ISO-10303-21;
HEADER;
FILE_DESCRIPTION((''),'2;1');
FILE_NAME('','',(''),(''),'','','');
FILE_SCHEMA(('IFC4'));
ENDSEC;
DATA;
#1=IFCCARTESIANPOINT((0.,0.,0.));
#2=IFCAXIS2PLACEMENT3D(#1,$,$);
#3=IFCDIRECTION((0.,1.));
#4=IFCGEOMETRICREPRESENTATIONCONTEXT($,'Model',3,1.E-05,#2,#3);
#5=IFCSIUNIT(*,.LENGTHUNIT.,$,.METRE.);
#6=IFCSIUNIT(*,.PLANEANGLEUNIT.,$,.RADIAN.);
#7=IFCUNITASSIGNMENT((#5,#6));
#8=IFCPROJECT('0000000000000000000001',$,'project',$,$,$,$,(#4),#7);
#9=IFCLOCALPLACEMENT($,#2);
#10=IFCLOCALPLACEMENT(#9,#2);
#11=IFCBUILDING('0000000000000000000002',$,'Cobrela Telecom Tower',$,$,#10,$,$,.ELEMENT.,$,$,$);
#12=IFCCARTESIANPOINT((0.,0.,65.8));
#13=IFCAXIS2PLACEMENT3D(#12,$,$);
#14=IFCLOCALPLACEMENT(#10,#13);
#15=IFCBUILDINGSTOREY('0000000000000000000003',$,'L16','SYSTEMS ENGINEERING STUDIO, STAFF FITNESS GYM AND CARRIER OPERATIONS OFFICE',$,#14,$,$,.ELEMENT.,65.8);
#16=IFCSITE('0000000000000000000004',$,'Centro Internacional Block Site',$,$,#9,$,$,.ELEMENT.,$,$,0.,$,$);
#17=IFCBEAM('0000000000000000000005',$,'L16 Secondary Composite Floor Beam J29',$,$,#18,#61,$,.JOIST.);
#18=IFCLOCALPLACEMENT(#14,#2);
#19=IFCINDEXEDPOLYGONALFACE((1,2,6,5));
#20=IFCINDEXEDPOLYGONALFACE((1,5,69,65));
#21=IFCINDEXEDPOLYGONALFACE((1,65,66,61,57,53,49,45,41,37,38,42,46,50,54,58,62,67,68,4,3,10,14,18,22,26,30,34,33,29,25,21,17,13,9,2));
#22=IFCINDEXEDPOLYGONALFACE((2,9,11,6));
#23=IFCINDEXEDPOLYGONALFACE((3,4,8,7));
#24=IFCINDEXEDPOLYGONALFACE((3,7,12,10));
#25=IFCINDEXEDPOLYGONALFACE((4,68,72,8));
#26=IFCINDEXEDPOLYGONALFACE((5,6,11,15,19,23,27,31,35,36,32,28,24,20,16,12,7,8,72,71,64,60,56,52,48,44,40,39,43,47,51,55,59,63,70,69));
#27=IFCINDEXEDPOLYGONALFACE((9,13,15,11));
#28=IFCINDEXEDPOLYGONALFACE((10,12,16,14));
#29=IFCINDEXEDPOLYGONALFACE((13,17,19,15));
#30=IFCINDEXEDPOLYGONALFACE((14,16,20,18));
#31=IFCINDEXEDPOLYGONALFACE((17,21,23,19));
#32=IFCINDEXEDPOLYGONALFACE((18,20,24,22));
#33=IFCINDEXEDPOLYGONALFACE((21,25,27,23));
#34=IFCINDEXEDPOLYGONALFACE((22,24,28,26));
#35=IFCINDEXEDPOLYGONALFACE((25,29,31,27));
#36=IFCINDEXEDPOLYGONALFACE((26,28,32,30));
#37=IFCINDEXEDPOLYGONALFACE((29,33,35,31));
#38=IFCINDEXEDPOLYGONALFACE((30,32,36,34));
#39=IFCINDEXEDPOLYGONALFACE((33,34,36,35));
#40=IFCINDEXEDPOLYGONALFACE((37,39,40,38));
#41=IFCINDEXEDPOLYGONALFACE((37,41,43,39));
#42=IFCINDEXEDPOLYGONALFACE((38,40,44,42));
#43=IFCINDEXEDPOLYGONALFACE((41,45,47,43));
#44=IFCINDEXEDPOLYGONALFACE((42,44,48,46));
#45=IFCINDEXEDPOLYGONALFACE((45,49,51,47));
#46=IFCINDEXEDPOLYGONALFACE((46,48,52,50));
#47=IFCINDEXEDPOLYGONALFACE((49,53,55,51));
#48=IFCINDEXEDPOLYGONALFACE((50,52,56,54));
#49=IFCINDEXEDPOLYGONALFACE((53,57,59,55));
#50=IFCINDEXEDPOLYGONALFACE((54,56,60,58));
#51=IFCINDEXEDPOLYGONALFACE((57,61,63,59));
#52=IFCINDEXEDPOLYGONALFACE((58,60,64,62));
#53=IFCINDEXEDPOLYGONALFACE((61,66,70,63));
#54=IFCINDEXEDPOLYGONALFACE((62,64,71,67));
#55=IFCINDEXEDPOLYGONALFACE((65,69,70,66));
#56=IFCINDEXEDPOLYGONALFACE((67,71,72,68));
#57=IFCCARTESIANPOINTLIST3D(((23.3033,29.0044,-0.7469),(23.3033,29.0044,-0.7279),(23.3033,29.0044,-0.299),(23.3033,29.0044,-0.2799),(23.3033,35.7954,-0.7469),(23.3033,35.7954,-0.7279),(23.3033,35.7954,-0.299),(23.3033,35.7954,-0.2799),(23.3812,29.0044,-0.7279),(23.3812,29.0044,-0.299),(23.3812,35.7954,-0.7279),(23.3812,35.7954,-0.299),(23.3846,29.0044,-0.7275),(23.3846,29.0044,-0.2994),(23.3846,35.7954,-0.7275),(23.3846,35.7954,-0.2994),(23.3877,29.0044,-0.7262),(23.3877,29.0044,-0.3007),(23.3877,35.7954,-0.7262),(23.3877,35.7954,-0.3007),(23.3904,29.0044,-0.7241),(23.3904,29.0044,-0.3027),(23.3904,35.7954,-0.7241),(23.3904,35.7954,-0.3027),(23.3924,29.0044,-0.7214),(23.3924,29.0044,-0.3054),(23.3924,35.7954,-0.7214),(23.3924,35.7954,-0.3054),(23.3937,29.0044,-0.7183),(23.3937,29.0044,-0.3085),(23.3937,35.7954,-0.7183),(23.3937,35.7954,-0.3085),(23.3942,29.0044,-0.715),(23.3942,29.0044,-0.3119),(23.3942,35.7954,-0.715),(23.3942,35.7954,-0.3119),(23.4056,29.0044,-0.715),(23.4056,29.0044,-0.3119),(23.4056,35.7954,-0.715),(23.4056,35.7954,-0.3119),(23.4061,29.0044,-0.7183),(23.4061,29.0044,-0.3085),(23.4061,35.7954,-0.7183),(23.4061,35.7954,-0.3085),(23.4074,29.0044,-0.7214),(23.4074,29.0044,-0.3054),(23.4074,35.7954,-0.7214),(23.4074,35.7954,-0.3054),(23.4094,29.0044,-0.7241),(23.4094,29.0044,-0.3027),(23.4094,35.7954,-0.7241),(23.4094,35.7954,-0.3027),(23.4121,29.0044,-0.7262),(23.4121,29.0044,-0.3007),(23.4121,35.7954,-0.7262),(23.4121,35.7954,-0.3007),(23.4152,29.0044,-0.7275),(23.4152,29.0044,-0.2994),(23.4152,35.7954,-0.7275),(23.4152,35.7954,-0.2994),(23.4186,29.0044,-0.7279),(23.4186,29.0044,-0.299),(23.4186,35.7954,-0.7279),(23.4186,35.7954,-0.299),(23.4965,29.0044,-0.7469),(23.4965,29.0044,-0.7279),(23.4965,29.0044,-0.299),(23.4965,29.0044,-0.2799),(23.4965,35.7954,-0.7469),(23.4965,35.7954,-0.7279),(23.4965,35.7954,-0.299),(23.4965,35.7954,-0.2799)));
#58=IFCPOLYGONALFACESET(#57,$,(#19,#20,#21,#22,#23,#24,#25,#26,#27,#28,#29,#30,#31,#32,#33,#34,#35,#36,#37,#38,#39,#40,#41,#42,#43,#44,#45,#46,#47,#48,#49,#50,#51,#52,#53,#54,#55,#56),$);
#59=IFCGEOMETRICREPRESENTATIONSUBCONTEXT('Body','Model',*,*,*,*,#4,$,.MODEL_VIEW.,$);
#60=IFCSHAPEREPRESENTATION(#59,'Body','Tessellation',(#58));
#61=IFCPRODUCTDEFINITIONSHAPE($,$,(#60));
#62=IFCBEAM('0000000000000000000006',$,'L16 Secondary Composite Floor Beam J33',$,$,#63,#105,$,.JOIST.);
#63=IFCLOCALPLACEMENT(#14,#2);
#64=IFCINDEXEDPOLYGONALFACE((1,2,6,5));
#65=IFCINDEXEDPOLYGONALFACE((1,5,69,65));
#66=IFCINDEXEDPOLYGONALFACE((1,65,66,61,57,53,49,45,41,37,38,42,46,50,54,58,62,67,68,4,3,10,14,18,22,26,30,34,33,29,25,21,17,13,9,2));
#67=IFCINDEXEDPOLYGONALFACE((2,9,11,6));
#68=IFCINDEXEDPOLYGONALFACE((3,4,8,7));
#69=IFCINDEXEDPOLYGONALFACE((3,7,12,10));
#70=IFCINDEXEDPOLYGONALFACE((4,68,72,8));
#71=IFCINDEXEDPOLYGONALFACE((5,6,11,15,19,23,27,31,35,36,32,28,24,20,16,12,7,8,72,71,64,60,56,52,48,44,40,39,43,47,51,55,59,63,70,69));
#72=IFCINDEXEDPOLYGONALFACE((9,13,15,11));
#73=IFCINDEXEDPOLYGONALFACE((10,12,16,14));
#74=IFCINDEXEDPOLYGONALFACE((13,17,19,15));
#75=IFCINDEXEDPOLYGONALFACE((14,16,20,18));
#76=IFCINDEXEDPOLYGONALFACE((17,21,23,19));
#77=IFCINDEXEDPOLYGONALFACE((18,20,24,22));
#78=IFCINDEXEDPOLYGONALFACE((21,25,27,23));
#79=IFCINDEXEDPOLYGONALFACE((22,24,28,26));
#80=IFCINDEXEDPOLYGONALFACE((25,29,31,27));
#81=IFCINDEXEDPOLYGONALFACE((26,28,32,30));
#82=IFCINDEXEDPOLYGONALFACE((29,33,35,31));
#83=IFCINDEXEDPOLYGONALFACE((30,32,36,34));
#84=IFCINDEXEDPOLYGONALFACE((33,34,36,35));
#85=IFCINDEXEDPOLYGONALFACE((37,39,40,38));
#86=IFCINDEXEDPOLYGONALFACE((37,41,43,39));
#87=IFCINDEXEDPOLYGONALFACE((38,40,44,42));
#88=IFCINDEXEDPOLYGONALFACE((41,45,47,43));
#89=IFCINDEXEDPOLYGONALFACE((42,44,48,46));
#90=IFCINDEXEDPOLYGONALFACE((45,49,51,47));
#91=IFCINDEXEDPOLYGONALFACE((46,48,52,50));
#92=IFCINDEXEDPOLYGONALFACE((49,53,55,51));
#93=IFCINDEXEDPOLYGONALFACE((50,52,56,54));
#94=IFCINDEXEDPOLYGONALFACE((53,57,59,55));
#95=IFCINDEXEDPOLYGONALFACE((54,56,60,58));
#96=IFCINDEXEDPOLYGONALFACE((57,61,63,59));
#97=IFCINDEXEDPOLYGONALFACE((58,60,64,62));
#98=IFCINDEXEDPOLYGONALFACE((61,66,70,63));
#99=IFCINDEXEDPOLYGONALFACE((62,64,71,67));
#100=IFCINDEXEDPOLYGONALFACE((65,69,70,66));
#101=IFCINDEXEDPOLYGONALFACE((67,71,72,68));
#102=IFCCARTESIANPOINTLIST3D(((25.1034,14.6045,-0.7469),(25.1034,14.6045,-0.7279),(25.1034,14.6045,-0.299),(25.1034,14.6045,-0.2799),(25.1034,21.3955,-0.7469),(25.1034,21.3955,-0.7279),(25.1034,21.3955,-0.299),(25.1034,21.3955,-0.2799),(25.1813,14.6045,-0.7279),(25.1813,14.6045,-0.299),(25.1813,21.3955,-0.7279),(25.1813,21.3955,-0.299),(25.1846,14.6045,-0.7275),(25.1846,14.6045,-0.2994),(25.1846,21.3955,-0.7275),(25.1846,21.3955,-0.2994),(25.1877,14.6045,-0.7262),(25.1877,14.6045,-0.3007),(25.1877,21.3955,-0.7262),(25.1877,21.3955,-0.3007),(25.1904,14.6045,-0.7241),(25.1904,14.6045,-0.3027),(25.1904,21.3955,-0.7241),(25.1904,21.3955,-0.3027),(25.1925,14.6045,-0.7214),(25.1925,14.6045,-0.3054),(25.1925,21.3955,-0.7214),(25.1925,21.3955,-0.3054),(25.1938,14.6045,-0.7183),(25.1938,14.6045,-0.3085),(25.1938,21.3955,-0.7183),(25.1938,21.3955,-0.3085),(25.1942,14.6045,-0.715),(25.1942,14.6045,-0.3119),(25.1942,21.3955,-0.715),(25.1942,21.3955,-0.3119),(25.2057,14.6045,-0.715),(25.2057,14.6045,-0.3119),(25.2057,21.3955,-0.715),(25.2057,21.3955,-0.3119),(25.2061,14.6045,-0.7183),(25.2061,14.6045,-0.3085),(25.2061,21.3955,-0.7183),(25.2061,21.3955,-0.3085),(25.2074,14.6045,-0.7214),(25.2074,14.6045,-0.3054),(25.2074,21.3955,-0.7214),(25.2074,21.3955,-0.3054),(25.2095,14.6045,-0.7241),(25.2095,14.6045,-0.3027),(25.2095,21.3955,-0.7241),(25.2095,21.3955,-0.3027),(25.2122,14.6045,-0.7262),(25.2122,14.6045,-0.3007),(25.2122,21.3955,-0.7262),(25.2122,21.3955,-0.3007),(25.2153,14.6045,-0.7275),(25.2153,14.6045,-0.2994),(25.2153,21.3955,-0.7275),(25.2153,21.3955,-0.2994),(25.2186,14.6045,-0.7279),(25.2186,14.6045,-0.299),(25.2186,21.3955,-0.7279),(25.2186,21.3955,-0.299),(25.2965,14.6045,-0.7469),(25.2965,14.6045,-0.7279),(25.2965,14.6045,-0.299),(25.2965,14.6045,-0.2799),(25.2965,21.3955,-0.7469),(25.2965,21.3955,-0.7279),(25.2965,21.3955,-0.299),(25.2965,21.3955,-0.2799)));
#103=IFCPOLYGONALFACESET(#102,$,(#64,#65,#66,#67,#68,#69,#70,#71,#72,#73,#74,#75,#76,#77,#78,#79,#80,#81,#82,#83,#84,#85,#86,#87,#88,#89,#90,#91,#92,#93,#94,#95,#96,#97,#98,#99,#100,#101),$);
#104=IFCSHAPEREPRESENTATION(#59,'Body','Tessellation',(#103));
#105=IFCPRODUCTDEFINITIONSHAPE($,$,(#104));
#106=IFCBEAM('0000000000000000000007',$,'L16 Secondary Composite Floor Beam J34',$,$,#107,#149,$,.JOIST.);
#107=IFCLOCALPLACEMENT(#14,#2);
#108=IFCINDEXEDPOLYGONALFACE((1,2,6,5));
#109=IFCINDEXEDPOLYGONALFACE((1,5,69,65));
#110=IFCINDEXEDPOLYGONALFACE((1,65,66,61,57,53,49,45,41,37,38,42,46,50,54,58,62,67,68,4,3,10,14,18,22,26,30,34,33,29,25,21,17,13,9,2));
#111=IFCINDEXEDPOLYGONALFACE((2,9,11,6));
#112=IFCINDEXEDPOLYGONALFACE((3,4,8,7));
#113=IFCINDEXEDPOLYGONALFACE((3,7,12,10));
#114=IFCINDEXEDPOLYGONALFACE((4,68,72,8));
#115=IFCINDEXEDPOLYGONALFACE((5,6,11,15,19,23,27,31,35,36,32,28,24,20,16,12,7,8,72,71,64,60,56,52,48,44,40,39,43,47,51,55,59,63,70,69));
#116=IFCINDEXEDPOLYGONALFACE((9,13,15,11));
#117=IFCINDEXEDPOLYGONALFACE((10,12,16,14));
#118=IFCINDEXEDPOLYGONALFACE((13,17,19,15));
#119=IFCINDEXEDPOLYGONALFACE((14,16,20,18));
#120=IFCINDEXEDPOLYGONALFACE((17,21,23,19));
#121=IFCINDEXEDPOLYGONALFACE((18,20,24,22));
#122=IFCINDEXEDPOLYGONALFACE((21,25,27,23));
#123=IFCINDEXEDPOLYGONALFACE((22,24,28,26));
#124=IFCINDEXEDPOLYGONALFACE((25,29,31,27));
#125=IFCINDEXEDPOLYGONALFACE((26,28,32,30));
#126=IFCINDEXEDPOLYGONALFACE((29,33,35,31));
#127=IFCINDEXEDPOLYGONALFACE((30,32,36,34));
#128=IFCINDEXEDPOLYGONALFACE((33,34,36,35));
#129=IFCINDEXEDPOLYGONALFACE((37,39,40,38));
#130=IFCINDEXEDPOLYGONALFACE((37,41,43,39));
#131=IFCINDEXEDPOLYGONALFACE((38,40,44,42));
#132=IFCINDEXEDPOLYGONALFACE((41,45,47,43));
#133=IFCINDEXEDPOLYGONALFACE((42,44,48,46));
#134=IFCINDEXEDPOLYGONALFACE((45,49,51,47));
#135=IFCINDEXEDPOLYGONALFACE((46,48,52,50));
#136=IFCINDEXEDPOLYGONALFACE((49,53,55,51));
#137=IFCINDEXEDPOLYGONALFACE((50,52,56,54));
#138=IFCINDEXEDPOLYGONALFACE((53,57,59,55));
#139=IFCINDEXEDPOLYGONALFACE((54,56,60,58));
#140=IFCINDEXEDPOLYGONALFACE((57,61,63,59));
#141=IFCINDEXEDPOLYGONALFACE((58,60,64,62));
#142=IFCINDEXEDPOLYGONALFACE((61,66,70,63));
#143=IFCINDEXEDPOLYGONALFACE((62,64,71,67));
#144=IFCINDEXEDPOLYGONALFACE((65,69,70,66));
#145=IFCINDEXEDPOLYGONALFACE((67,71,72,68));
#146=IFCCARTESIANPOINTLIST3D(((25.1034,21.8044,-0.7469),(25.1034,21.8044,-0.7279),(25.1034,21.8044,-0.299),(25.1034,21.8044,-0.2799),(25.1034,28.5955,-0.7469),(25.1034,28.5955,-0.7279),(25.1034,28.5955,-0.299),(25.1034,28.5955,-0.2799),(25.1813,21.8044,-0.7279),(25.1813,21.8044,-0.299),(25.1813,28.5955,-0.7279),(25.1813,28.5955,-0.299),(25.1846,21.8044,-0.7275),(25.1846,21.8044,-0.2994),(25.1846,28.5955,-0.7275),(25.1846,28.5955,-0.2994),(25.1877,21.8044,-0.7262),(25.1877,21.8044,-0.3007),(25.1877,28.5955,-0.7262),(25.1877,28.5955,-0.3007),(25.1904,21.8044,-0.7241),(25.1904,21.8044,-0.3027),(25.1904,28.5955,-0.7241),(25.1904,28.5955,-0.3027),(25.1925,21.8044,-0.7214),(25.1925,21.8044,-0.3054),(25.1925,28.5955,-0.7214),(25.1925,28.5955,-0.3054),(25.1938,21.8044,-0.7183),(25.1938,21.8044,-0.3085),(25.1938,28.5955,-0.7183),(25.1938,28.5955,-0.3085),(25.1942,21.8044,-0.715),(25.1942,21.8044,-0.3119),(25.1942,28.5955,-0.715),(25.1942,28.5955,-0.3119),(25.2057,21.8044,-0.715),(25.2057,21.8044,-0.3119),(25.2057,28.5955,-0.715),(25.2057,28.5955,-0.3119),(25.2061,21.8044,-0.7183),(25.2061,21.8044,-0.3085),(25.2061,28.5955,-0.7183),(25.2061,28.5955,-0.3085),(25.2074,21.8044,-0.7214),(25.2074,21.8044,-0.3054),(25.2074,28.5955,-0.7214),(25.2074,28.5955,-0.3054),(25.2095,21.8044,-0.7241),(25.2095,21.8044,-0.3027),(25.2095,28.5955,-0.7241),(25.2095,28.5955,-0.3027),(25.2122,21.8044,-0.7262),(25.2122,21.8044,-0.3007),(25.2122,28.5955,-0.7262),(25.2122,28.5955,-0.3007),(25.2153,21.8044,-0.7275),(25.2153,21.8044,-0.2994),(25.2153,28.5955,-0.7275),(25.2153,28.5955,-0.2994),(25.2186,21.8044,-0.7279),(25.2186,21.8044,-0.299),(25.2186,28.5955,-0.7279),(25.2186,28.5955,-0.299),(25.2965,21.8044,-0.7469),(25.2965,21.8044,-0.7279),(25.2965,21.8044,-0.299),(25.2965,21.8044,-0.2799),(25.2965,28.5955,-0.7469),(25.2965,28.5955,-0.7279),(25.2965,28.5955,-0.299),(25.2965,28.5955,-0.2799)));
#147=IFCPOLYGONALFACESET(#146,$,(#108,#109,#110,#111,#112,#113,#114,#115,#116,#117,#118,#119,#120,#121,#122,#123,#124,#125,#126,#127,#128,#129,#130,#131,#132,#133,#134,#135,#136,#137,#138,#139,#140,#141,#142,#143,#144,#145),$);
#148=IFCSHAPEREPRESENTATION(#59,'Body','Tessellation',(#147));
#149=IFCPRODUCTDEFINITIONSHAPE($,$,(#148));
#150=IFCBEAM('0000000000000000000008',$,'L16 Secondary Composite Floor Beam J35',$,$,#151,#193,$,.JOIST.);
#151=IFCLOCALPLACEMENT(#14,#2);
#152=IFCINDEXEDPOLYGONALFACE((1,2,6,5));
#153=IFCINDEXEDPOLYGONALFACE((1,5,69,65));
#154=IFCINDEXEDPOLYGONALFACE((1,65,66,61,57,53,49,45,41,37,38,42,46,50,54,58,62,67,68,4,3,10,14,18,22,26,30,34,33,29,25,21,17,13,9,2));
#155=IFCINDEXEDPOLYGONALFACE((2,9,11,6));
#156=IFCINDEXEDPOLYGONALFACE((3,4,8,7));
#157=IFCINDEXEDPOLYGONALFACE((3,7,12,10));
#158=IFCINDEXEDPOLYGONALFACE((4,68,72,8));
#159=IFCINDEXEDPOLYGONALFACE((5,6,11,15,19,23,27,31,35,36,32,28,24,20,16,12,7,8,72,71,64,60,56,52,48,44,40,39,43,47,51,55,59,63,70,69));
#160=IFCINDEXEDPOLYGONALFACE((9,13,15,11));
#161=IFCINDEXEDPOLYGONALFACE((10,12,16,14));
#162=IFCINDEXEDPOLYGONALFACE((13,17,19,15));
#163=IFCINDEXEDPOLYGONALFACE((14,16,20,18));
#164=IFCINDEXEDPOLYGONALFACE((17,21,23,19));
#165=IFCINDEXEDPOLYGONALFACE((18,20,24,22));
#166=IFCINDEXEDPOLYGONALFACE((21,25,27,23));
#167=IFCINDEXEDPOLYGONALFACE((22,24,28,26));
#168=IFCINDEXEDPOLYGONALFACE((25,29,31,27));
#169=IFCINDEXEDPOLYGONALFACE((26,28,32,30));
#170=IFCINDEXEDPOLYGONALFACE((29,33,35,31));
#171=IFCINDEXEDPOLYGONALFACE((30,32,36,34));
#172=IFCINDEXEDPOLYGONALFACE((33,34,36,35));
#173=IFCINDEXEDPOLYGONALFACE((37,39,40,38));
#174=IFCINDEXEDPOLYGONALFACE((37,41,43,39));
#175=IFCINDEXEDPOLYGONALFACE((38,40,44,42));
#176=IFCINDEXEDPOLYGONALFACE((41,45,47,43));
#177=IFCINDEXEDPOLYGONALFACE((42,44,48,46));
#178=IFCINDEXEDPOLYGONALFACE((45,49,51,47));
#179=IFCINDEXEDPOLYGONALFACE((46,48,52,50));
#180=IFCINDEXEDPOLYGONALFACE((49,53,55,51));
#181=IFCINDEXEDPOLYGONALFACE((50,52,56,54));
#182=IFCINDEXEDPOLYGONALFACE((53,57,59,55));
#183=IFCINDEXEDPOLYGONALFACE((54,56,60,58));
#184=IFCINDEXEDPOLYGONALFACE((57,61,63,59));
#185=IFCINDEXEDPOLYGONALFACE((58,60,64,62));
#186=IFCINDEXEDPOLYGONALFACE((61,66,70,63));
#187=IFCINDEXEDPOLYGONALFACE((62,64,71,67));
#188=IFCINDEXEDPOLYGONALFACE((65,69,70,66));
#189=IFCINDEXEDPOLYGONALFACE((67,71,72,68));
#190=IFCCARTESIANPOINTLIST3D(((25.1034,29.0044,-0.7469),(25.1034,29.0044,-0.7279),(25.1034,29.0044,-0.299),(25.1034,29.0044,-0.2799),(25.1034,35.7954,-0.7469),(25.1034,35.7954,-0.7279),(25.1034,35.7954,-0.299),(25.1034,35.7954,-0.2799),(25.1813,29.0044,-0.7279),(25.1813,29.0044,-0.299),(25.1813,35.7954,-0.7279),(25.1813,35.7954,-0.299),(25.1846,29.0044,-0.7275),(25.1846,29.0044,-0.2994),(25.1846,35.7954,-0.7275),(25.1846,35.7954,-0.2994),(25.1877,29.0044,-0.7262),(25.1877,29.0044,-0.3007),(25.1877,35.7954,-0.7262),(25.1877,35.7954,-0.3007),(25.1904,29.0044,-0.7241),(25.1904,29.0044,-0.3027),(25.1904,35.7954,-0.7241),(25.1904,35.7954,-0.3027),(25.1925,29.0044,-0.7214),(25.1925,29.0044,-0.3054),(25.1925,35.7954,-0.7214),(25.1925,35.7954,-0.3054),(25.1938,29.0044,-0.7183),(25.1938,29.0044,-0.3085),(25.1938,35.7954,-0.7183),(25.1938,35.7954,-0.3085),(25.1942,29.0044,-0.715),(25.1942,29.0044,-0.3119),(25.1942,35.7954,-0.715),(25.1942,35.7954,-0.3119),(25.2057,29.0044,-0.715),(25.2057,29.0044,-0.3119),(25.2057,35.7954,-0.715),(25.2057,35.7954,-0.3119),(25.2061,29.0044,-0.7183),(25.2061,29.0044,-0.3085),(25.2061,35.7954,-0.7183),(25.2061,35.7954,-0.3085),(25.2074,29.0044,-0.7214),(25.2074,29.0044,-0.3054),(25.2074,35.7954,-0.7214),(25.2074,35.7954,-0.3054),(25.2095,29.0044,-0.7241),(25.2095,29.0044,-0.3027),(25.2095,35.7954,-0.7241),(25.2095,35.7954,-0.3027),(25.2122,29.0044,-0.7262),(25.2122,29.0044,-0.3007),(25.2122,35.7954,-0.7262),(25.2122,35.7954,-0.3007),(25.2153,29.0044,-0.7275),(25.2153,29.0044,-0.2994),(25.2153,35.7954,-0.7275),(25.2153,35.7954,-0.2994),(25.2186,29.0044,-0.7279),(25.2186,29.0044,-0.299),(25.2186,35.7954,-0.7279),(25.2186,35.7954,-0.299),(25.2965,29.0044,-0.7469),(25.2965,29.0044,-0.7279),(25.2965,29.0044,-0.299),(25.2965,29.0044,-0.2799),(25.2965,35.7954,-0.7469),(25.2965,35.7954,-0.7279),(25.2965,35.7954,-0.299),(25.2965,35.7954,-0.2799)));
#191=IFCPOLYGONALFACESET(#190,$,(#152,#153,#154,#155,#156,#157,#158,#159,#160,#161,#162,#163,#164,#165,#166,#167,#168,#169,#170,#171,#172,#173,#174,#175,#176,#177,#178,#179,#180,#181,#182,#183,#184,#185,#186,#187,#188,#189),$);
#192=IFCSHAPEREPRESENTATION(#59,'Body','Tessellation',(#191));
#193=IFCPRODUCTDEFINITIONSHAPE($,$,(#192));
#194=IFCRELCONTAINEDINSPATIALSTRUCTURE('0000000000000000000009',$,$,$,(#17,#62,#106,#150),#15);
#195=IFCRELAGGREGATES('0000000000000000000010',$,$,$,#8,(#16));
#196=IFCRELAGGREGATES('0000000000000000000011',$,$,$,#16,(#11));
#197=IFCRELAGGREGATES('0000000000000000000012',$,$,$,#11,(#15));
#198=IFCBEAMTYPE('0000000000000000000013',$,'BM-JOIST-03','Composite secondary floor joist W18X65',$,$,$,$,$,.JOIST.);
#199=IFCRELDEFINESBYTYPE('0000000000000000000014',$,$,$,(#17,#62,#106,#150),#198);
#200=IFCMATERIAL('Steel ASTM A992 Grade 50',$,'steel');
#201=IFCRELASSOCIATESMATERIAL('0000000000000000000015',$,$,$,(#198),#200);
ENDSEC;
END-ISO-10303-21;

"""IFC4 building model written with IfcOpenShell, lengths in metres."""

from ifc_helpers import new_model, si_unit, direction, frame, origin, origin_2d, place, context, subcontext, project, spatial, i_section, extrude, material, material_profile, profile_set, type_object, element, save


model = new_model("IFC4")

# Units and contexts
model_context = context("Model", 3, precision=1e-05, world=origin(), true_north=direction((0.0, 1.0)))
body_context = subcontext(model_context, "Body", "Model", "MODEL_VIEW")
ifc_project = project(units=[si_unit("LENGTHUNIT", "METRE"), si_unit("PLANEANGLEUNIT", "RADIAN")], contexts=[model_context])

# Site, building, storey
site_placement = place(None, origin())
site = spatial("IfcSite", under=ifc_project, at=site_placement, Name="Centro Internacional Block Site", CompositionType="ELEMENT", RefElevation=0.0)
building_placement = place(site_placement, origin())
building = spatial("IfcBuilding", under=site, at=building_placement, Name="Cobrela Telecom Tower", CompositionType="ELEMENT")
storey_placement = place(building_placement, frame((0.0, 0.0, 65.8)))
storey = spatial("IfcBuildingStorey", under=building, at=storey_placement, Name="L16", Description="SYSTEMS ENGINEERING STUDIO, STAFF FITNESS GYM AND CARRIER OPERATIONS OFFICE", CompositionType="ELEMENT", Elevation=65.8)

# Shared definitions
ifc_material_1 = material(Name="Steel ASTM A992 Grade 50", Category="steel")

# Beams
ifc_material_profile_1 = material_profile(ifc_material_1, i_section(OverallWidth=0.1931, OverallDepth=0.467, WebThickness=0.0115, FlangeThickness=0.019, FilletRadius=0.0129, at=origin_2d()), Name="W18X65")
ifc_profile_set_1 = profile_set([ifc_material_profile_1], Name="Steel ASTM A992 Grade 50")
beam_type_1 = type_object("IfcBeamType", Name="BM-JOIST-03", Description="Composite secondary floor joist W18X65", PredefinedType="JOIST", material=ifc_profile_set_1)
for number, where, z_axis, x_axis, name in (
    (1, (23.3999, 29.0044, -0.5134), (0.0, 1.0, 0.0), (-1.0, 0.0, 0.0), "L16 Secondary Composite Floor Beam J29"),
    (2, (25.2, 14.6045, -0.5134), (0.0, 1.0, 0.0), (-1.0, 0.0, 0.0), "L16 Secondary Composite Floor Beam J33"),
    (3, (25.2, 21.8044, -0.5134), (0.0, 1.0, 0.0), (-1.0, 0.0, 0.0), "L16 Secondary Composite Floor Beam J34"),
    (4, (25.2, 29.0044, -0.5134), (0.0, 1.0, 0.0), (-1.0, 0.0, 0.0), "L16 Secondary Composite Floor Beam J35"),
):
    element("IfcBeam", number, at=place(storey_placement, frame(where, z_axis=z_axis, x_axis=x_axis)), inside=storey, type_object=beam_type_1, Name=name, PredefinedType="JOIST", context=body_context, shape_type="SweptSolid", body=[
        extrude(i_section(OverallWidth=0.1931, OverallDepth=0.467, WebThickness=0.0115, FlangeThickness=0.019, FilletRadius=0.0129, at=origin_2d()), origin(), (0.0, 0.0, 1.0), 6.791),
    ])

save(model, "model.ifc")
